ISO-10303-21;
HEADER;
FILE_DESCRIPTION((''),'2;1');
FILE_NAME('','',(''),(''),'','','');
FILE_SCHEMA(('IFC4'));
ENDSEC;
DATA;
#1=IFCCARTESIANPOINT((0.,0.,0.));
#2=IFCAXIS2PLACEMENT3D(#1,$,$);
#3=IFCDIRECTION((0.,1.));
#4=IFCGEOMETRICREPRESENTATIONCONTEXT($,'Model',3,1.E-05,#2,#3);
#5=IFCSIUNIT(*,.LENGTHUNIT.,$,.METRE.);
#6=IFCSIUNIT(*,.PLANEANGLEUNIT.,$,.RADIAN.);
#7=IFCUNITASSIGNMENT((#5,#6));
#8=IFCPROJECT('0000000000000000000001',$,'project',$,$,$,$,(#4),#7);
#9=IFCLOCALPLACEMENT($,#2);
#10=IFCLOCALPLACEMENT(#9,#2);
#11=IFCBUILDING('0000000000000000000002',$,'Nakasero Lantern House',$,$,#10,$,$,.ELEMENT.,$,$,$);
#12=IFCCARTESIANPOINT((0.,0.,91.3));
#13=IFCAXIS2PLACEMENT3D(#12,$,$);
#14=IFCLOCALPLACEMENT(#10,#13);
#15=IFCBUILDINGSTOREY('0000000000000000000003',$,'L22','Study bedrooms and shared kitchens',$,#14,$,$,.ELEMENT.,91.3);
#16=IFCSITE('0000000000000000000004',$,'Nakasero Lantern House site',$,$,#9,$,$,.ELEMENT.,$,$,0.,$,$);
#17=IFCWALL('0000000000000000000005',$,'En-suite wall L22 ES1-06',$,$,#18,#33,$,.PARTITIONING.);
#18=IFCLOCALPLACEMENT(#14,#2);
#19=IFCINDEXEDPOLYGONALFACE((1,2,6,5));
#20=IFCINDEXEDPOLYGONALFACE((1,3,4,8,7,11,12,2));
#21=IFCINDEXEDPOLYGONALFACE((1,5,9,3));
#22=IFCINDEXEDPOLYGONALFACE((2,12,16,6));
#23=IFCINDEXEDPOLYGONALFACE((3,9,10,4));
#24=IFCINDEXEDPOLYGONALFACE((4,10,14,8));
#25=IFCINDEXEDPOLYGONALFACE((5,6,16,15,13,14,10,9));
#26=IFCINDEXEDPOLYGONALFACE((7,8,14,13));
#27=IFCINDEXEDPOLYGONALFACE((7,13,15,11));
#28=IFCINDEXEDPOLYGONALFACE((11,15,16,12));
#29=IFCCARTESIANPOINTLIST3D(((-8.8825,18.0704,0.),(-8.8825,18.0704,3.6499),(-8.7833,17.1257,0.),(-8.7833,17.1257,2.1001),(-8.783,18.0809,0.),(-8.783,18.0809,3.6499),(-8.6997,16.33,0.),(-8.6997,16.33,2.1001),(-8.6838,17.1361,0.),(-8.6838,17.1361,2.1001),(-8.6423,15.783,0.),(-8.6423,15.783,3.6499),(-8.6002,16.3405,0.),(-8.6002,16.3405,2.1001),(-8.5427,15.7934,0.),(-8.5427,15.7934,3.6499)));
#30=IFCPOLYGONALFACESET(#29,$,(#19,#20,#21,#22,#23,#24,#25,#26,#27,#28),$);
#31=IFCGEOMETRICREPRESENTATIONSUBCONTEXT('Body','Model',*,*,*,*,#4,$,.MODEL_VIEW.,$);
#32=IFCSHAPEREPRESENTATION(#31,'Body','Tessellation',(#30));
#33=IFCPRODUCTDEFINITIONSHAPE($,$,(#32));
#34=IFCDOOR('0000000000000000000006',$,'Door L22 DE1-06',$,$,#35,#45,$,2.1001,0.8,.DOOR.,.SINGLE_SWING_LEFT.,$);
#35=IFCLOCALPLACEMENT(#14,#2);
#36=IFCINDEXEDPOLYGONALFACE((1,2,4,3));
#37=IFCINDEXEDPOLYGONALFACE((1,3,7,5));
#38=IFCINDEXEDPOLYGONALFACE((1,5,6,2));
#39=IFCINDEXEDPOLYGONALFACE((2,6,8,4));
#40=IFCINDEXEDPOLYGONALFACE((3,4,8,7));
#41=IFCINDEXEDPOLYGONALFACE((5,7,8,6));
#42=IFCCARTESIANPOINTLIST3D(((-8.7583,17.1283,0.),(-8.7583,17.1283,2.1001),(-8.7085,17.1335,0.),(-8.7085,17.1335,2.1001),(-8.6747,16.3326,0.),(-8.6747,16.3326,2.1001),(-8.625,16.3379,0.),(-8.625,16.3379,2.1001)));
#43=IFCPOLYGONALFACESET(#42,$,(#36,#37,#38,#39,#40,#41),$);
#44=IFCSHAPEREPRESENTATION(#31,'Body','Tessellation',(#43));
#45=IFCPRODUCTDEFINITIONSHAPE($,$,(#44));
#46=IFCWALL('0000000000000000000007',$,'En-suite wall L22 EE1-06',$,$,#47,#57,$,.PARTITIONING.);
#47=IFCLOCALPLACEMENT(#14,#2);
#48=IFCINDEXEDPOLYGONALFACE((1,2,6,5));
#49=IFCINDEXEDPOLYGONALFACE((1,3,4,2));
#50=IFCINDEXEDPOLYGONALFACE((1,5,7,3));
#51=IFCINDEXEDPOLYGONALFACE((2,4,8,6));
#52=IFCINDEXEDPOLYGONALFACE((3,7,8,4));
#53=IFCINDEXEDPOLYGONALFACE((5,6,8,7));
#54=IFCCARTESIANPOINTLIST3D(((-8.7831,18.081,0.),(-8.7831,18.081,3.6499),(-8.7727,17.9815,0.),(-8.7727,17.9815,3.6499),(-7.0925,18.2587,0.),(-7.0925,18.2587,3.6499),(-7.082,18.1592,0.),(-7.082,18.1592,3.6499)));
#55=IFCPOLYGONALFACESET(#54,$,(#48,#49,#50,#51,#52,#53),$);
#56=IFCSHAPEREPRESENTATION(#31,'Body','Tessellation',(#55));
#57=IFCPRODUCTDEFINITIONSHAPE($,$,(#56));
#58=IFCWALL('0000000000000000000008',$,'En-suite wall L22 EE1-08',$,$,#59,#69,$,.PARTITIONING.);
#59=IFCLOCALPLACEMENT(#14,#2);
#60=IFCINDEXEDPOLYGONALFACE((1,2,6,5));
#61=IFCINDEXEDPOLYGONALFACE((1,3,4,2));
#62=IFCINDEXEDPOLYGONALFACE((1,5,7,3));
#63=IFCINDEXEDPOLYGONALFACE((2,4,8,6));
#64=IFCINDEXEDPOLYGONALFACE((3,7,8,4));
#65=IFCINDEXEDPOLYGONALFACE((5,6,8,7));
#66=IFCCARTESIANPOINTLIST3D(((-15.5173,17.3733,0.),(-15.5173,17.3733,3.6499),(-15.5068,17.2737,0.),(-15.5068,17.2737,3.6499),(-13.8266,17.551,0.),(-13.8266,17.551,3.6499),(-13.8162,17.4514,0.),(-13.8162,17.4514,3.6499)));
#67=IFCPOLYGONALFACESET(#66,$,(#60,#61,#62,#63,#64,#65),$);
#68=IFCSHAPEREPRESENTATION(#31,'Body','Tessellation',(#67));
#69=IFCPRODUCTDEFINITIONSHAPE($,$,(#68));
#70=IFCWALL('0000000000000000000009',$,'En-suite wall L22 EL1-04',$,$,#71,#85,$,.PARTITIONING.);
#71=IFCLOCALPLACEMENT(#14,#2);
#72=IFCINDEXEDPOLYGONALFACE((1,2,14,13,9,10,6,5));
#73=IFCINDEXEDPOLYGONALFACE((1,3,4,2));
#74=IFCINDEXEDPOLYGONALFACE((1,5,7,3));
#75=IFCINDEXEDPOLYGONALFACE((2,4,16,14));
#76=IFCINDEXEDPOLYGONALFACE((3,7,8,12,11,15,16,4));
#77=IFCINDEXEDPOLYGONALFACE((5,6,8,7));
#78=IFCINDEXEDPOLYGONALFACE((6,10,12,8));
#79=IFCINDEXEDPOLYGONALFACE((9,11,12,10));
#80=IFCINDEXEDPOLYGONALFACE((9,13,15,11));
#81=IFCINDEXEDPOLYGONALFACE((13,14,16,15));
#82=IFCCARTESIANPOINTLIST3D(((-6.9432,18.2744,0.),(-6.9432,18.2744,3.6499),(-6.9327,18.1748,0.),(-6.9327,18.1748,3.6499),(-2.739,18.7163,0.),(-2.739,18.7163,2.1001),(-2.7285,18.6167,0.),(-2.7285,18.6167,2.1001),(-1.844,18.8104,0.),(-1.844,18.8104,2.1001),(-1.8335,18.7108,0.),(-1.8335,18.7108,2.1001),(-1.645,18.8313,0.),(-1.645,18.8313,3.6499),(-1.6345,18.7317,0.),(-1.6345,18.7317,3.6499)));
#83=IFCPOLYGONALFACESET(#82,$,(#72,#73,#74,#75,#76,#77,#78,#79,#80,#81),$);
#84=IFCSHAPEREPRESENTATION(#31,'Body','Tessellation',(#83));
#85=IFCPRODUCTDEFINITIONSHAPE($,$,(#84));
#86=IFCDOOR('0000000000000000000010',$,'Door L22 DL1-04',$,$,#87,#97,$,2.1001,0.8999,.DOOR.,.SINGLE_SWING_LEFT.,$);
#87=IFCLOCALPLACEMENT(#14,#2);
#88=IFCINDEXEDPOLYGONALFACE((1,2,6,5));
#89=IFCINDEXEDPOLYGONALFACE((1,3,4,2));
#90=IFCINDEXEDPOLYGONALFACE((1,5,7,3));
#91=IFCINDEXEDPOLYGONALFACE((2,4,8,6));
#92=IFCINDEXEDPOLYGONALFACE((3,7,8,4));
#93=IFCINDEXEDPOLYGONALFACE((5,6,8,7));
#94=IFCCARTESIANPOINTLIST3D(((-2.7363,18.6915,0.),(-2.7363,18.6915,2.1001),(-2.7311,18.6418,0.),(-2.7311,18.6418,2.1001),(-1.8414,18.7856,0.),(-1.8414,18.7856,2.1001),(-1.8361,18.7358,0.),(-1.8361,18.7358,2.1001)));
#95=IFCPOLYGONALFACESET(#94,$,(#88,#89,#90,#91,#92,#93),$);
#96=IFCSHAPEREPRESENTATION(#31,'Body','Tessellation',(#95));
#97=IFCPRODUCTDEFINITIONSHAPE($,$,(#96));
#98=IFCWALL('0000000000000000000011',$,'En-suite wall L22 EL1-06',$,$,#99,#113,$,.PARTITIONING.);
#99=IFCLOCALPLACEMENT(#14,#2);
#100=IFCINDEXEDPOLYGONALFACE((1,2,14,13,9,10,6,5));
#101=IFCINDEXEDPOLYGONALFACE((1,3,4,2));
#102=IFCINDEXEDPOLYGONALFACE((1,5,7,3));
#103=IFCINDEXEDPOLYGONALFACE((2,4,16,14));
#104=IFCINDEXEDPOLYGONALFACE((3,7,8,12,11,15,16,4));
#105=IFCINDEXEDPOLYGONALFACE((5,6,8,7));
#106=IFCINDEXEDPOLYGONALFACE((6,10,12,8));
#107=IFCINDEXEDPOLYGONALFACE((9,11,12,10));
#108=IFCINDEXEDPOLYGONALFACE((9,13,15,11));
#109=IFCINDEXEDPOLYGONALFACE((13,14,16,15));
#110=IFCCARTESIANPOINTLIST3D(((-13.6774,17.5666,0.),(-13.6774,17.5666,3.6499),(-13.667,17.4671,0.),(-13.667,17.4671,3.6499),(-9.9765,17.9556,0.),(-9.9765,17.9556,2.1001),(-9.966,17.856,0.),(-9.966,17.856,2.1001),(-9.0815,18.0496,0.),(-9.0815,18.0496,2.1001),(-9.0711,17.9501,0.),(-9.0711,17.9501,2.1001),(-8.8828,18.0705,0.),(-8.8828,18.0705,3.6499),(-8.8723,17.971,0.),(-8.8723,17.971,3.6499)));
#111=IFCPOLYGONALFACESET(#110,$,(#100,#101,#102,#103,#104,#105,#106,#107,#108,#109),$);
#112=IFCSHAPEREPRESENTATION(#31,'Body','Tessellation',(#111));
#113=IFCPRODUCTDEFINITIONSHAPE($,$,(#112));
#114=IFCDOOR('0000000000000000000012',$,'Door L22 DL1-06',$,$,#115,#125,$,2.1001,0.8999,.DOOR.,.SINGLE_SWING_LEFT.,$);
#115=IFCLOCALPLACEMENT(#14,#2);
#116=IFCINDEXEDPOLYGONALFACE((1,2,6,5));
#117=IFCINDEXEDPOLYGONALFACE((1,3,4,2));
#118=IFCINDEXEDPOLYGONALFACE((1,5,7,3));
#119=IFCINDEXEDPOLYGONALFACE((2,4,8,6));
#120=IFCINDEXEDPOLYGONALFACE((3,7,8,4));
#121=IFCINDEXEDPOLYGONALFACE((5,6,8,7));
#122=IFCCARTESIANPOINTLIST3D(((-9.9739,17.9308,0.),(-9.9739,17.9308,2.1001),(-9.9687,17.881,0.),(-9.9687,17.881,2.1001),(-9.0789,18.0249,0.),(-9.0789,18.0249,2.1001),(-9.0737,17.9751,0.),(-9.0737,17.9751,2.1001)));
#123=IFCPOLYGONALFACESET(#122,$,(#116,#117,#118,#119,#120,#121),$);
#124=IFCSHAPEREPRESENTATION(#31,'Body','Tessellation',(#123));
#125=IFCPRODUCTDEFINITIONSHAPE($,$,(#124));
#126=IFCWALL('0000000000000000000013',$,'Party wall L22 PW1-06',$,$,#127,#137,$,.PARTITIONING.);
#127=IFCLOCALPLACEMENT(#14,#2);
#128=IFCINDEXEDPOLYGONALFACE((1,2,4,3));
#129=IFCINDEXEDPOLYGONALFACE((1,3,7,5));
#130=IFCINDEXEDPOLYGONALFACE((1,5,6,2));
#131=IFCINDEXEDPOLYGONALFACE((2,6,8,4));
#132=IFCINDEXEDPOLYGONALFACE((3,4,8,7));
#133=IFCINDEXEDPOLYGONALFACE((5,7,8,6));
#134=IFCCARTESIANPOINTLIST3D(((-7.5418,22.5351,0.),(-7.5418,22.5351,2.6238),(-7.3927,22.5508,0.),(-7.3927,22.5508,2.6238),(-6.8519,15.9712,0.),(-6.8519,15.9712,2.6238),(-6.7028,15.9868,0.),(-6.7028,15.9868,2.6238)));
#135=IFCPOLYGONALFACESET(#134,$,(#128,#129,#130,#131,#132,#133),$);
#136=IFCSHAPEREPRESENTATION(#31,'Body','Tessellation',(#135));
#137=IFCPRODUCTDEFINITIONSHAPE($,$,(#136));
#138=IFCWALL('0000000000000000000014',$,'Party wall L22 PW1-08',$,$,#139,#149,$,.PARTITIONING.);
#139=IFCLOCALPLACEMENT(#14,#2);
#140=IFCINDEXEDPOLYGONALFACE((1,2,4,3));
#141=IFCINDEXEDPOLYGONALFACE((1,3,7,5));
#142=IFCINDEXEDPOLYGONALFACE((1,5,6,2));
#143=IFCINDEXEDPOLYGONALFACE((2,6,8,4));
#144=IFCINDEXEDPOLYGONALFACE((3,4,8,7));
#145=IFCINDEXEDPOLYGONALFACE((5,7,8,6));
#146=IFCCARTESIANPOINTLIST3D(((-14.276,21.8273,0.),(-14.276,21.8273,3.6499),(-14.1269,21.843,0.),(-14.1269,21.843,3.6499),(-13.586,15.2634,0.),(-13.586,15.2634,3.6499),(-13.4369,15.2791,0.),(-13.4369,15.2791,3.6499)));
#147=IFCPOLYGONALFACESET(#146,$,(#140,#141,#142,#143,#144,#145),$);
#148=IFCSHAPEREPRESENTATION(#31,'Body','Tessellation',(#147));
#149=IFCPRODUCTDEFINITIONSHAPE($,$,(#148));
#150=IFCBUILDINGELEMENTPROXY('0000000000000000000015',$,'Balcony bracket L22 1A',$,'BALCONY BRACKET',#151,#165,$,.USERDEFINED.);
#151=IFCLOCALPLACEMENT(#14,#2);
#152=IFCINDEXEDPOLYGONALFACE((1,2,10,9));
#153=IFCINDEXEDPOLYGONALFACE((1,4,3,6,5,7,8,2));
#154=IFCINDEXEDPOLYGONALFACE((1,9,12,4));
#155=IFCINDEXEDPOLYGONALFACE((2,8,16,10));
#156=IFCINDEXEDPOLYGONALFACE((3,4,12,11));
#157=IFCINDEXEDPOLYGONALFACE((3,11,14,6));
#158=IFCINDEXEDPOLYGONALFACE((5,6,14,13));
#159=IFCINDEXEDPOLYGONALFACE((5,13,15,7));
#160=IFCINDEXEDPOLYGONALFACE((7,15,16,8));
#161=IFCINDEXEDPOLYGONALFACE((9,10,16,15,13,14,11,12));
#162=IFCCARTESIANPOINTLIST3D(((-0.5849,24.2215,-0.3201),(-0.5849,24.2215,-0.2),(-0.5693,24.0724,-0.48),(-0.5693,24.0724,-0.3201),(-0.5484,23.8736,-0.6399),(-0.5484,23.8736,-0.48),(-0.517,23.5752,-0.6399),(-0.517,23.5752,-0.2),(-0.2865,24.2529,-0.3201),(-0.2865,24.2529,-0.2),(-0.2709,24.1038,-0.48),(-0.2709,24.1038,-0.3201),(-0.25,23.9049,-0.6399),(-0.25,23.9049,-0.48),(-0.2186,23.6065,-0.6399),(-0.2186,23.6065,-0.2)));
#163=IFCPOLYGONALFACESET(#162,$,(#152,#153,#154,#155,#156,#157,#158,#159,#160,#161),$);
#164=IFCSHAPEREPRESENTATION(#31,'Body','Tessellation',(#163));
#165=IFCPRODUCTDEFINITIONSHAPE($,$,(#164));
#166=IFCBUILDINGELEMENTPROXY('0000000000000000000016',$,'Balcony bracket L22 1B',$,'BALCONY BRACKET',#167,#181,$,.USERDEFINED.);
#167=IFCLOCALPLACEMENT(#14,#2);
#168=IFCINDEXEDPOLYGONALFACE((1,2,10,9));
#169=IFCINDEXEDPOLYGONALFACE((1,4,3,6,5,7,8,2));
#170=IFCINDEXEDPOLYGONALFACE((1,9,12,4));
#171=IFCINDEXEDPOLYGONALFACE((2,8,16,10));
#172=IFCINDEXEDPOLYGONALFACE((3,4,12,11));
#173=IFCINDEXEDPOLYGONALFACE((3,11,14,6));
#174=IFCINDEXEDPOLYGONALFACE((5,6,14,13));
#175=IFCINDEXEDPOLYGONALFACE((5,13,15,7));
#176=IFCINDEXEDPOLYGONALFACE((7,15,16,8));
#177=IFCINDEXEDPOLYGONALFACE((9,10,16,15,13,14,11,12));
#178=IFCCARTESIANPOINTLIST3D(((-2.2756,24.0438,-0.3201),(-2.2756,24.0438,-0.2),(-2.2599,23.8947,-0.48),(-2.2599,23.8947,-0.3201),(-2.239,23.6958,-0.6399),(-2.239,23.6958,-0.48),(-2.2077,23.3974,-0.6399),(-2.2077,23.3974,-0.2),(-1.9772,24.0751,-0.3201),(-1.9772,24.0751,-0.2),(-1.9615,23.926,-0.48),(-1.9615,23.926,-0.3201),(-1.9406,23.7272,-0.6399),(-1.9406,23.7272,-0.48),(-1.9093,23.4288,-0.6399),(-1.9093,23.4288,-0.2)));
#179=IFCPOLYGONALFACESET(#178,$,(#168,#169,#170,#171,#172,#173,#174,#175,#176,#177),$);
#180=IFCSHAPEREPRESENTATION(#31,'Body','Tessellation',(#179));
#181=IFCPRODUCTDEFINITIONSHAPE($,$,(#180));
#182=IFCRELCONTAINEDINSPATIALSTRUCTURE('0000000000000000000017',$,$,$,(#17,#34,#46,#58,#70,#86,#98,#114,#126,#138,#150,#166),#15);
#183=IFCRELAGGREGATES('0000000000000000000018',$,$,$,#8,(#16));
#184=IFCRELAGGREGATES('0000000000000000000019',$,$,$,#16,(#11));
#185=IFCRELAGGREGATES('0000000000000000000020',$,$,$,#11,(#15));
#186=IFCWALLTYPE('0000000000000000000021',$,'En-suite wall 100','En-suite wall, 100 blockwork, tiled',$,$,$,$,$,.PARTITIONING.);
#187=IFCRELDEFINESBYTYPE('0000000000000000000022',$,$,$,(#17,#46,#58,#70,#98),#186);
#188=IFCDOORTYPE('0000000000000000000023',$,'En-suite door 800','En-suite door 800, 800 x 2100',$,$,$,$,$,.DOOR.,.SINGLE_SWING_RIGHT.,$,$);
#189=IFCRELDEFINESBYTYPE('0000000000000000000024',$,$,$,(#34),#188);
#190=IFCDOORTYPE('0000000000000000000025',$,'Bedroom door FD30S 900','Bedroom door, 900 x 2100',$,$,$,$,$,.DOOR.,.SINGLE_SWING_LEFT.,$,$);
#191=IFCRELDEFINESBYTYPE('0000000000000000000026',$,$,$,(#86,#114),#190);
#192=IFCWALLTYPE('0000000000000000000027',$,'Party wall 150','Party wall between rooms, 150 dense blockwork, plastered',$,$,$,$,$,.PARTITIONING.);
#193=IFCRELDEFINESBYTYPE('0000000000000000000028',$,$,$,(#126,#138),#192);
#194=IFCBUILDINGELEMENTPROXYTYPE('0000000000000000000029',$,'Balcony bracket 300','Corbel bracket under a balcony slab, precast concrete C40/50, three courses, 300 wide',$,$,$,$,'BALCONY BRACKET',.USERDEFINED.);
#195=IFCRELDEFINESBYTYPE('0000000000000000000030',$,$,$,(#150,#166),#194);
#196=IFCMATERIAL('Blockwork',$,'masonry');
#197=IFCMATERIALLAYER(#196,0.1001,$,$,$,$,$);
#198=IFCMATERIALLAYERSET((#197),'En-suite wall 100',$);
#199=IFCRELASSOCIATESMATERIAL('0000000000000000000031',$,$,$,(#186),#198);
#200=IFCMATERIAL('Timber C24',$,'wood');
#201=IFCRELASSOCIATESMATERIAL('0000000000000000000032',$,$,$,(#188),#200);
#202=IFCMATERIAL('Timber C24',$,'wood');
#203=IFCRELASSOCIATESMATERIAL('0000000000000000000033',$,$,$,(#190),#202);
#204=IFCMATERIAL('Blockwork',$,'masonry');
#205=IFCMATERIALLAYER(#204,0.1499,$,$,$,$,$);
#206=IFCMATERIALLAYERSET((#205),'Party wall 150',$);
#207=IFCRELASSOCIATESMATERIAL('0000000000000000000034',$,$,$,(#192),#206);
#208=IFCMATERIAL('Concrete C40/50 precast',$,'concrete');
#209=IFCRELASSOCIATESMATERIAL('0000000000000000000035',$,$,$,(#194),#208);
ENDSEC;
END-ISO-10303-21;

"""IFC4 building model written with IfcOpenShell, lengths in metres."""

from ifc_helpers import new_model, si_unit, direction, frame, frame_2d, origin, place, context, subcontext, project, spatial, polyline, rectangle, outline, extrude, material, layer, layer_set, type_object, element, fill, save


model = new_model("IFC4")

# Units and contexts
model_context = context("Model", 3, precision=1e-05, world=origin(), true_north=direction((0.0, 1.0)))
body_context = subcontext(model_context, "Body", "Model", "MODEL_VIEW")
ifc_project = project(units=[si_unit("LENGTHUNIT", "METRE"), si_unit("PLANEANGLEUNIT", "RADIAN")], contexts=[model_context])

# Site, building, storey
site_placement = place(None, origin())
site = spatial("IfcSite", under=ifc_project, at=site_placement, Name="Nakasero Lantern House site", CompositionType="ELEMENT", RefElevation=0.0)
building_placement = place(site_placement, origin())
building = spatial("IfcBuilding", under=site, at=building_placement, Name="Nakasero Lantern House", CompositionType="ELEMENT")
storey_placement = place(building_placement, frame((0.0, 0.0, 91.3)))
storey = spatial("IfcBuildingStorey", under=building, at=storey_placement, Name="L22", Description="Study bedrooms and shared kitchens", CompositionType="ELEMENT", Elevation=91.3)

# Wall, opening, door
ifc_material_1 = material(Name="Blockwork", Category="masonry")
ifc_layer_1 = layer(ifc_material_1, 0.1001)
ifc_layer_set_1 = layer_set([ifc_layer_1], Name="En-suite wall 100")
wall_type_1 = type_object("IfcWallType", Name="En-suite wall 100", Description="En-suite wall, 100 blockwork, tiled", PredefinedType="PARTITIONING", material=ifc_layer_set_1)
ifc_material_2 = material(Name="Timber C24", Category="wood")
door_type_1 = type_object("IfcDoorType", Name="En-suite door 800", Description="En-suite door 800, 800 x 2100", OperationType="SINGLE_SWING_RIGHT", PredefinedType="DOOR", material=ifc_material_2)
wall_1_placement = place(storey_placement, frame((-8.5925, 15.7883, 0.0), z_axis=(0.0, 0.0, 1.0), x_axis=(-0.104453, 0.99453, 0.0)))
wall_1 = element("IfcWall", 1, at=wall_1_placement, inside=storey, type_object=wall_type_1, Name="En-suite wall L22 ES1-06", PredefinedType="PARTITIONING", context=body_context, shape_type="SweptSolid", body=[
    extrude(rectangle(XDim=2.3, YDim=0.1001, at=frame_2d((1.1499, 0.0))), origin(), (0.0, 0.0, 1.0), 3.6499),
])
opening_1_placement = place(wall_1_placement, frame((0.55, 0.0, 0.0)))
opening_1 = element("IfcOpeningElement", 2, at=opening_1_placement, cuts=wall_1, PredefinedType="OPENING", context=body_context, shape_type="SweptSolid", body=[
    extrude(rectangle(XDim=0.8, YDim=2.1001, at=frame_2d((0.3999, 1.05))), frame((0.0, 0.0701, 0.0), z_axis=(0.0, -1.0, 0.0), x_axis=(1.0, 0.0, 0.0)), (0.0, 0.0, 1.0), 0.1401),
])
door_1_placement = place(opening_1_placement, origin())
door_1 = element("IfcDoor", 3, at=door_1_placement, inside=storey, type_object=door_type_1, Name="Door L22 DE1-06", OperationType="SINGLE_SWING_LEFT", OverallHeight=2.1001, OverallWidth=0.8, PredefinedType="DOOR", context=body_context, shape_type="SweptSolid", body=[
    extrude(rectangle(XDim=0.8, YDim=2.1001, at=frame_2d((0.3999, 1.05))), frame((0.0, 0.0249, 0.0), z_axis=(0.0, -1.0, 0.0), x_axis=(1.0, 0.0, 0.0)), (0.0, 0.0, 1.0), 0.05),
])
fill(opening_1, door_1)

# Walls
for number, where, z_axis, x_axis, name in (
    (4, (-7.0872, 18.209, 0.0), (0.0, 0.0, 1.0), (-0.99452, -0.10455, 0.0), "En-suite wall L22 EE1-06"),
    (5, (-13.8213, 17.5012, 0.0), (0.0, 0.0, 1.0), (-0.99452, -0.10455, 0.0), "En-suite wall L22 EE1-08"),
):
    element("IfcWall", number, at=place(storey_placement, frame(where, z_axis=z_axis, x_axis=x_axis)), inside=storey, type_object=wall_type_1, Name=name, PredefinedType="PARTITIONING", context=body_context, shape_type="SweptSolid", body=[
        extrude(rectangle(XDim=1.7, YDim=0.1001, at=frame_2d((0.8501, 0.0))), origin(), (0.0, 0.0, 1.0), 3.6499),
    ])

# Walls, openings, doors
wall_2_placement = place(storey_placement, frame((-1.6399, 18.7815, 0.0), z_axis=(0.0, 0.0, 1.0), x_axis=(-0.994521, -0.104534, 0.0)))
wall_2 = element("IfcWall", 6, at=wall_2_placement, inside=storey, type_object=wall_type_1, Name="En-suite wall L22 EL1-04", PredefinedType="PARTITIONING", context=body_context, shape_type="SweptSolid", body=[
    extrude(rectangle(XDim=5.3274, YDim=0.1001, at=frame_2d((2.6636, 0.0))), origin(), (0.0, 0.0, 1.0), 3.6499),
])
opening_2_placement = place(wall_2_placement, frame((0.2, 0.0, 0.0)))
opening_2 = element("IfcOpeningElement", 7, at=opening_2_placement, cuts=wall_2, PredefinedType="OPENING", context=body_context, shape_type="SweptSolid", body=[
    extrude(rectangle(XDim=0.8999, YDim=2.1001, at=frame_2d((0.45, 1.05))), frame((0.0, 0.0701, 0.0), z_axis=(0.0, -1.0, 0.0), x_axis=(1.0, 0.0, 0.0)), (0.0, 0.0, 1.0), 0.1401),
])
ifc_material_3 = material(Name="Timber C24", Category="wood")
door_type_2 = type_object("IfcDoorType", Name="Bedroom door FD30S 900", Description="Bedroom door, 900 x 2100", OperationType="SINGLE_SWING_LEFT", PredefinedType="DOOR", material=ifc_material_3)
door_2_placement = place(opening_2_placement, origin())
door_2 = element("IfcDoor", 8, at=door_2_placement, inside=storey, type_object=door_type_2, Name="Door L22 DL1-04", OperationType="SINGLE_SWING_LEFT", OverallHeight=2.1001, OverallWidth=0.8999, PredefinedType="DOOR", context=body_context, shape_type="SweptSolid", body=[
    extrude(rectangle(XDim=0.8999, YDim=2.1001, at=frame_2d((0.45, 1.05))), frame((0.0, 0.0249, 0.0), z_axis=(0.0, -1.0, 0.0), x_axis=(1.0, 0.0, 0.0)), (0.0, 0.0, 1.0), 0.05),
])
fill(opening_2, door_2)
wall_3_placement = place(storey_placement, frame((-8.8774, 18.0208, 0.0), z_axis=(0.0, 0.0, 1.0), x_axis=(-0.994523, -0.104521, 0.0)))
wall_3 = element("IfcWall", 9, at=wall_3_placement, inside=storey, type_object=wall_type_1, Name="En-suite wall L22 EL1-06", PredefinedType="PARTITIONING", context=body_context, shape_type="SweptSolid", body=[
    extrude(rectangle(XDim=4.821, YDim=0.1001, at=frame_2d((2.4106, 0.0))), origin(), (0.0, 0.0, 1.0), 3.6499),
])
opening_3_placement = place(wall_3_placement, frame((0.2, 0.0, 0.0)))
opening_3 = element("IfcOpeningElement", 10, at=opening_3_placement, cuts=wall_3, PredefinedType="OPENING", context=body_context, shape_type="SweptSolid", body=[
    extrude(rectangle(XDim=0.8999, YDim=2.1001, at=frame_2d((0.45, 1.05))), frame((0.0, 0.0701, 0.0), z_axis=(0.0, -1.0, 0.0), x_axis=(1.0, 0.0, 0.0)), (0.0, 0.0, 1.0), 0.1401),
])
door_3_placement = place(opening_3_placement, origin())
door_3 = element("IfcDoor", 11, at=door_3_placement, inside=storey, type_object=door_type_2, Name="Door L22 DL1-06", OperationType="SINGLE_SWING_LEFT", OverallHeight=2.1001, OverallWidth=0.8999, PredefinedType="DOOR", context=body_context, shape_type="SweptSolid", body=[
    extrude(rectangle(XDim=0.8999, YDim=2.1001, at=frame_2d((0.45, 1.05))), frame((0.0, 0.0249, 0.0), z_axis=(0.0, -1.0, 0.0), x_axis=(1.0, 0.0, 0.0)), (0.0, 0.0, 1.0), 0.05),
])
fill(opening_3, door_3)

# Walls
ifc_material_4 = material(Name="Blockwork", Category="masonry")
ifc_layer_2 = layer(ifc_material_4, 0.1499)
ifc_layer_set_2 = layer_set([ifc_layer_2], Name="Party wall 150")
wall_type_2 = type_object("IfcWallType", Name="Party wall 150", Description="Party wall between rooms, 150 dense blockwork, plastered", PredefinedType="PARTITIONING", material=ifc_layer_set_2)
wall_4_placement = place(storey_placement, frame((-6.7773, 15.979, 0.0), z_axis=(0.0, 0.0, 1.0), x_axis=(-0.104535, 0.994521, 0.0)))
element("IfcWall", 12, at=wall_4_placement, inside=storey, type_object=wall_type_2, Name="Party wall L22 PW1-06", PredefinedType="PARTITIONING", context=body_context, shape_type="SweptSolid", body=[
    extrude(rectangle(XDim=6.6001, YDim=0.1499, at=frame_2d((3.3, 0.0))), origin(), (0.0, 0.0, 1.0), 2.6238),
])
wall_5_placement = place(storey_placement, frame((-13.5115, 15.2712, 0.0), z_axis=(0.0, 0.0, 1.0), x_axis=(-0.104535, 0.994521, 0.0)))
element("IfcWall", 13, at=wall_5_placement, inside=storey, type_object=wall_type_2, Name="Party wall L22 PW1-08", PredefinedType="PARTITIONING", context=body_context, shape_type="SweptSolid", body=[
    extrude(rectangle(XDim=6.6001, YDim=0.1499, at=frame_2d((3.3, 0.0))), origin(), (0.0, 0.0, 1.0), 3.6499),
])

# Building element proxies
ifc_material_5 = material(Name="Concrete C40/50 precast", Category="concrete")
building_element_proxy_type = type_object("IfcBuildingElementProxyType", Name="Balcony bracket 300", Description="Corbel bracket under a balcony slab, precast concrete C40/50, three courses, 300 wide", ElementType="BALCONY BRACKET", PredefinedType="USERDEFINED", material=ifc_material_5)
for number, where, z_axis, x_axis, name in (
    (14, (-0.3679, 23.5908, -0.2), (0.0, 0.0, 1.0), (-0.104528, 0.994522, 0.0), "Balcony bracket L22 1A"),
    (15, (-2.0586, 23.4131, -0.2), (0.0, 0.0, 1.0), (-0.104528, 0.994522, 0.0), "Balcony bracket L22 1B"),
):
    element("IfcBuildingElementProxy", number, at=place(storey_placement, frame(where, z_axis=z_axis, x_axis=x_axis)), inside=storey, type_object=building_element_proxy_type, Name=name, ObjectType="BALCONY BRACKET", PredefinedType="USERDEFINED", context=body_context, shape_type="SweptSolid", body=[
        extrude(outline(polyline([(0.0, 0.0), (0.6499, 0.0), (0.6499, -0.1201), (0.5, -0.1201), (0.5, -0.28), (0.3, -0.28), (0.3, -0.4399), (0.0, -0.4399), (0.0, 0.0)])), frame((0.0, 0.1499, 0.0), z_axis=(0.0, -1.0, 0.0), x_axis=(1.0, 0.0, 0.0)), (0.0, 0.0, 1.0), 0.3),
    ])

save(model, "model.ifc")
